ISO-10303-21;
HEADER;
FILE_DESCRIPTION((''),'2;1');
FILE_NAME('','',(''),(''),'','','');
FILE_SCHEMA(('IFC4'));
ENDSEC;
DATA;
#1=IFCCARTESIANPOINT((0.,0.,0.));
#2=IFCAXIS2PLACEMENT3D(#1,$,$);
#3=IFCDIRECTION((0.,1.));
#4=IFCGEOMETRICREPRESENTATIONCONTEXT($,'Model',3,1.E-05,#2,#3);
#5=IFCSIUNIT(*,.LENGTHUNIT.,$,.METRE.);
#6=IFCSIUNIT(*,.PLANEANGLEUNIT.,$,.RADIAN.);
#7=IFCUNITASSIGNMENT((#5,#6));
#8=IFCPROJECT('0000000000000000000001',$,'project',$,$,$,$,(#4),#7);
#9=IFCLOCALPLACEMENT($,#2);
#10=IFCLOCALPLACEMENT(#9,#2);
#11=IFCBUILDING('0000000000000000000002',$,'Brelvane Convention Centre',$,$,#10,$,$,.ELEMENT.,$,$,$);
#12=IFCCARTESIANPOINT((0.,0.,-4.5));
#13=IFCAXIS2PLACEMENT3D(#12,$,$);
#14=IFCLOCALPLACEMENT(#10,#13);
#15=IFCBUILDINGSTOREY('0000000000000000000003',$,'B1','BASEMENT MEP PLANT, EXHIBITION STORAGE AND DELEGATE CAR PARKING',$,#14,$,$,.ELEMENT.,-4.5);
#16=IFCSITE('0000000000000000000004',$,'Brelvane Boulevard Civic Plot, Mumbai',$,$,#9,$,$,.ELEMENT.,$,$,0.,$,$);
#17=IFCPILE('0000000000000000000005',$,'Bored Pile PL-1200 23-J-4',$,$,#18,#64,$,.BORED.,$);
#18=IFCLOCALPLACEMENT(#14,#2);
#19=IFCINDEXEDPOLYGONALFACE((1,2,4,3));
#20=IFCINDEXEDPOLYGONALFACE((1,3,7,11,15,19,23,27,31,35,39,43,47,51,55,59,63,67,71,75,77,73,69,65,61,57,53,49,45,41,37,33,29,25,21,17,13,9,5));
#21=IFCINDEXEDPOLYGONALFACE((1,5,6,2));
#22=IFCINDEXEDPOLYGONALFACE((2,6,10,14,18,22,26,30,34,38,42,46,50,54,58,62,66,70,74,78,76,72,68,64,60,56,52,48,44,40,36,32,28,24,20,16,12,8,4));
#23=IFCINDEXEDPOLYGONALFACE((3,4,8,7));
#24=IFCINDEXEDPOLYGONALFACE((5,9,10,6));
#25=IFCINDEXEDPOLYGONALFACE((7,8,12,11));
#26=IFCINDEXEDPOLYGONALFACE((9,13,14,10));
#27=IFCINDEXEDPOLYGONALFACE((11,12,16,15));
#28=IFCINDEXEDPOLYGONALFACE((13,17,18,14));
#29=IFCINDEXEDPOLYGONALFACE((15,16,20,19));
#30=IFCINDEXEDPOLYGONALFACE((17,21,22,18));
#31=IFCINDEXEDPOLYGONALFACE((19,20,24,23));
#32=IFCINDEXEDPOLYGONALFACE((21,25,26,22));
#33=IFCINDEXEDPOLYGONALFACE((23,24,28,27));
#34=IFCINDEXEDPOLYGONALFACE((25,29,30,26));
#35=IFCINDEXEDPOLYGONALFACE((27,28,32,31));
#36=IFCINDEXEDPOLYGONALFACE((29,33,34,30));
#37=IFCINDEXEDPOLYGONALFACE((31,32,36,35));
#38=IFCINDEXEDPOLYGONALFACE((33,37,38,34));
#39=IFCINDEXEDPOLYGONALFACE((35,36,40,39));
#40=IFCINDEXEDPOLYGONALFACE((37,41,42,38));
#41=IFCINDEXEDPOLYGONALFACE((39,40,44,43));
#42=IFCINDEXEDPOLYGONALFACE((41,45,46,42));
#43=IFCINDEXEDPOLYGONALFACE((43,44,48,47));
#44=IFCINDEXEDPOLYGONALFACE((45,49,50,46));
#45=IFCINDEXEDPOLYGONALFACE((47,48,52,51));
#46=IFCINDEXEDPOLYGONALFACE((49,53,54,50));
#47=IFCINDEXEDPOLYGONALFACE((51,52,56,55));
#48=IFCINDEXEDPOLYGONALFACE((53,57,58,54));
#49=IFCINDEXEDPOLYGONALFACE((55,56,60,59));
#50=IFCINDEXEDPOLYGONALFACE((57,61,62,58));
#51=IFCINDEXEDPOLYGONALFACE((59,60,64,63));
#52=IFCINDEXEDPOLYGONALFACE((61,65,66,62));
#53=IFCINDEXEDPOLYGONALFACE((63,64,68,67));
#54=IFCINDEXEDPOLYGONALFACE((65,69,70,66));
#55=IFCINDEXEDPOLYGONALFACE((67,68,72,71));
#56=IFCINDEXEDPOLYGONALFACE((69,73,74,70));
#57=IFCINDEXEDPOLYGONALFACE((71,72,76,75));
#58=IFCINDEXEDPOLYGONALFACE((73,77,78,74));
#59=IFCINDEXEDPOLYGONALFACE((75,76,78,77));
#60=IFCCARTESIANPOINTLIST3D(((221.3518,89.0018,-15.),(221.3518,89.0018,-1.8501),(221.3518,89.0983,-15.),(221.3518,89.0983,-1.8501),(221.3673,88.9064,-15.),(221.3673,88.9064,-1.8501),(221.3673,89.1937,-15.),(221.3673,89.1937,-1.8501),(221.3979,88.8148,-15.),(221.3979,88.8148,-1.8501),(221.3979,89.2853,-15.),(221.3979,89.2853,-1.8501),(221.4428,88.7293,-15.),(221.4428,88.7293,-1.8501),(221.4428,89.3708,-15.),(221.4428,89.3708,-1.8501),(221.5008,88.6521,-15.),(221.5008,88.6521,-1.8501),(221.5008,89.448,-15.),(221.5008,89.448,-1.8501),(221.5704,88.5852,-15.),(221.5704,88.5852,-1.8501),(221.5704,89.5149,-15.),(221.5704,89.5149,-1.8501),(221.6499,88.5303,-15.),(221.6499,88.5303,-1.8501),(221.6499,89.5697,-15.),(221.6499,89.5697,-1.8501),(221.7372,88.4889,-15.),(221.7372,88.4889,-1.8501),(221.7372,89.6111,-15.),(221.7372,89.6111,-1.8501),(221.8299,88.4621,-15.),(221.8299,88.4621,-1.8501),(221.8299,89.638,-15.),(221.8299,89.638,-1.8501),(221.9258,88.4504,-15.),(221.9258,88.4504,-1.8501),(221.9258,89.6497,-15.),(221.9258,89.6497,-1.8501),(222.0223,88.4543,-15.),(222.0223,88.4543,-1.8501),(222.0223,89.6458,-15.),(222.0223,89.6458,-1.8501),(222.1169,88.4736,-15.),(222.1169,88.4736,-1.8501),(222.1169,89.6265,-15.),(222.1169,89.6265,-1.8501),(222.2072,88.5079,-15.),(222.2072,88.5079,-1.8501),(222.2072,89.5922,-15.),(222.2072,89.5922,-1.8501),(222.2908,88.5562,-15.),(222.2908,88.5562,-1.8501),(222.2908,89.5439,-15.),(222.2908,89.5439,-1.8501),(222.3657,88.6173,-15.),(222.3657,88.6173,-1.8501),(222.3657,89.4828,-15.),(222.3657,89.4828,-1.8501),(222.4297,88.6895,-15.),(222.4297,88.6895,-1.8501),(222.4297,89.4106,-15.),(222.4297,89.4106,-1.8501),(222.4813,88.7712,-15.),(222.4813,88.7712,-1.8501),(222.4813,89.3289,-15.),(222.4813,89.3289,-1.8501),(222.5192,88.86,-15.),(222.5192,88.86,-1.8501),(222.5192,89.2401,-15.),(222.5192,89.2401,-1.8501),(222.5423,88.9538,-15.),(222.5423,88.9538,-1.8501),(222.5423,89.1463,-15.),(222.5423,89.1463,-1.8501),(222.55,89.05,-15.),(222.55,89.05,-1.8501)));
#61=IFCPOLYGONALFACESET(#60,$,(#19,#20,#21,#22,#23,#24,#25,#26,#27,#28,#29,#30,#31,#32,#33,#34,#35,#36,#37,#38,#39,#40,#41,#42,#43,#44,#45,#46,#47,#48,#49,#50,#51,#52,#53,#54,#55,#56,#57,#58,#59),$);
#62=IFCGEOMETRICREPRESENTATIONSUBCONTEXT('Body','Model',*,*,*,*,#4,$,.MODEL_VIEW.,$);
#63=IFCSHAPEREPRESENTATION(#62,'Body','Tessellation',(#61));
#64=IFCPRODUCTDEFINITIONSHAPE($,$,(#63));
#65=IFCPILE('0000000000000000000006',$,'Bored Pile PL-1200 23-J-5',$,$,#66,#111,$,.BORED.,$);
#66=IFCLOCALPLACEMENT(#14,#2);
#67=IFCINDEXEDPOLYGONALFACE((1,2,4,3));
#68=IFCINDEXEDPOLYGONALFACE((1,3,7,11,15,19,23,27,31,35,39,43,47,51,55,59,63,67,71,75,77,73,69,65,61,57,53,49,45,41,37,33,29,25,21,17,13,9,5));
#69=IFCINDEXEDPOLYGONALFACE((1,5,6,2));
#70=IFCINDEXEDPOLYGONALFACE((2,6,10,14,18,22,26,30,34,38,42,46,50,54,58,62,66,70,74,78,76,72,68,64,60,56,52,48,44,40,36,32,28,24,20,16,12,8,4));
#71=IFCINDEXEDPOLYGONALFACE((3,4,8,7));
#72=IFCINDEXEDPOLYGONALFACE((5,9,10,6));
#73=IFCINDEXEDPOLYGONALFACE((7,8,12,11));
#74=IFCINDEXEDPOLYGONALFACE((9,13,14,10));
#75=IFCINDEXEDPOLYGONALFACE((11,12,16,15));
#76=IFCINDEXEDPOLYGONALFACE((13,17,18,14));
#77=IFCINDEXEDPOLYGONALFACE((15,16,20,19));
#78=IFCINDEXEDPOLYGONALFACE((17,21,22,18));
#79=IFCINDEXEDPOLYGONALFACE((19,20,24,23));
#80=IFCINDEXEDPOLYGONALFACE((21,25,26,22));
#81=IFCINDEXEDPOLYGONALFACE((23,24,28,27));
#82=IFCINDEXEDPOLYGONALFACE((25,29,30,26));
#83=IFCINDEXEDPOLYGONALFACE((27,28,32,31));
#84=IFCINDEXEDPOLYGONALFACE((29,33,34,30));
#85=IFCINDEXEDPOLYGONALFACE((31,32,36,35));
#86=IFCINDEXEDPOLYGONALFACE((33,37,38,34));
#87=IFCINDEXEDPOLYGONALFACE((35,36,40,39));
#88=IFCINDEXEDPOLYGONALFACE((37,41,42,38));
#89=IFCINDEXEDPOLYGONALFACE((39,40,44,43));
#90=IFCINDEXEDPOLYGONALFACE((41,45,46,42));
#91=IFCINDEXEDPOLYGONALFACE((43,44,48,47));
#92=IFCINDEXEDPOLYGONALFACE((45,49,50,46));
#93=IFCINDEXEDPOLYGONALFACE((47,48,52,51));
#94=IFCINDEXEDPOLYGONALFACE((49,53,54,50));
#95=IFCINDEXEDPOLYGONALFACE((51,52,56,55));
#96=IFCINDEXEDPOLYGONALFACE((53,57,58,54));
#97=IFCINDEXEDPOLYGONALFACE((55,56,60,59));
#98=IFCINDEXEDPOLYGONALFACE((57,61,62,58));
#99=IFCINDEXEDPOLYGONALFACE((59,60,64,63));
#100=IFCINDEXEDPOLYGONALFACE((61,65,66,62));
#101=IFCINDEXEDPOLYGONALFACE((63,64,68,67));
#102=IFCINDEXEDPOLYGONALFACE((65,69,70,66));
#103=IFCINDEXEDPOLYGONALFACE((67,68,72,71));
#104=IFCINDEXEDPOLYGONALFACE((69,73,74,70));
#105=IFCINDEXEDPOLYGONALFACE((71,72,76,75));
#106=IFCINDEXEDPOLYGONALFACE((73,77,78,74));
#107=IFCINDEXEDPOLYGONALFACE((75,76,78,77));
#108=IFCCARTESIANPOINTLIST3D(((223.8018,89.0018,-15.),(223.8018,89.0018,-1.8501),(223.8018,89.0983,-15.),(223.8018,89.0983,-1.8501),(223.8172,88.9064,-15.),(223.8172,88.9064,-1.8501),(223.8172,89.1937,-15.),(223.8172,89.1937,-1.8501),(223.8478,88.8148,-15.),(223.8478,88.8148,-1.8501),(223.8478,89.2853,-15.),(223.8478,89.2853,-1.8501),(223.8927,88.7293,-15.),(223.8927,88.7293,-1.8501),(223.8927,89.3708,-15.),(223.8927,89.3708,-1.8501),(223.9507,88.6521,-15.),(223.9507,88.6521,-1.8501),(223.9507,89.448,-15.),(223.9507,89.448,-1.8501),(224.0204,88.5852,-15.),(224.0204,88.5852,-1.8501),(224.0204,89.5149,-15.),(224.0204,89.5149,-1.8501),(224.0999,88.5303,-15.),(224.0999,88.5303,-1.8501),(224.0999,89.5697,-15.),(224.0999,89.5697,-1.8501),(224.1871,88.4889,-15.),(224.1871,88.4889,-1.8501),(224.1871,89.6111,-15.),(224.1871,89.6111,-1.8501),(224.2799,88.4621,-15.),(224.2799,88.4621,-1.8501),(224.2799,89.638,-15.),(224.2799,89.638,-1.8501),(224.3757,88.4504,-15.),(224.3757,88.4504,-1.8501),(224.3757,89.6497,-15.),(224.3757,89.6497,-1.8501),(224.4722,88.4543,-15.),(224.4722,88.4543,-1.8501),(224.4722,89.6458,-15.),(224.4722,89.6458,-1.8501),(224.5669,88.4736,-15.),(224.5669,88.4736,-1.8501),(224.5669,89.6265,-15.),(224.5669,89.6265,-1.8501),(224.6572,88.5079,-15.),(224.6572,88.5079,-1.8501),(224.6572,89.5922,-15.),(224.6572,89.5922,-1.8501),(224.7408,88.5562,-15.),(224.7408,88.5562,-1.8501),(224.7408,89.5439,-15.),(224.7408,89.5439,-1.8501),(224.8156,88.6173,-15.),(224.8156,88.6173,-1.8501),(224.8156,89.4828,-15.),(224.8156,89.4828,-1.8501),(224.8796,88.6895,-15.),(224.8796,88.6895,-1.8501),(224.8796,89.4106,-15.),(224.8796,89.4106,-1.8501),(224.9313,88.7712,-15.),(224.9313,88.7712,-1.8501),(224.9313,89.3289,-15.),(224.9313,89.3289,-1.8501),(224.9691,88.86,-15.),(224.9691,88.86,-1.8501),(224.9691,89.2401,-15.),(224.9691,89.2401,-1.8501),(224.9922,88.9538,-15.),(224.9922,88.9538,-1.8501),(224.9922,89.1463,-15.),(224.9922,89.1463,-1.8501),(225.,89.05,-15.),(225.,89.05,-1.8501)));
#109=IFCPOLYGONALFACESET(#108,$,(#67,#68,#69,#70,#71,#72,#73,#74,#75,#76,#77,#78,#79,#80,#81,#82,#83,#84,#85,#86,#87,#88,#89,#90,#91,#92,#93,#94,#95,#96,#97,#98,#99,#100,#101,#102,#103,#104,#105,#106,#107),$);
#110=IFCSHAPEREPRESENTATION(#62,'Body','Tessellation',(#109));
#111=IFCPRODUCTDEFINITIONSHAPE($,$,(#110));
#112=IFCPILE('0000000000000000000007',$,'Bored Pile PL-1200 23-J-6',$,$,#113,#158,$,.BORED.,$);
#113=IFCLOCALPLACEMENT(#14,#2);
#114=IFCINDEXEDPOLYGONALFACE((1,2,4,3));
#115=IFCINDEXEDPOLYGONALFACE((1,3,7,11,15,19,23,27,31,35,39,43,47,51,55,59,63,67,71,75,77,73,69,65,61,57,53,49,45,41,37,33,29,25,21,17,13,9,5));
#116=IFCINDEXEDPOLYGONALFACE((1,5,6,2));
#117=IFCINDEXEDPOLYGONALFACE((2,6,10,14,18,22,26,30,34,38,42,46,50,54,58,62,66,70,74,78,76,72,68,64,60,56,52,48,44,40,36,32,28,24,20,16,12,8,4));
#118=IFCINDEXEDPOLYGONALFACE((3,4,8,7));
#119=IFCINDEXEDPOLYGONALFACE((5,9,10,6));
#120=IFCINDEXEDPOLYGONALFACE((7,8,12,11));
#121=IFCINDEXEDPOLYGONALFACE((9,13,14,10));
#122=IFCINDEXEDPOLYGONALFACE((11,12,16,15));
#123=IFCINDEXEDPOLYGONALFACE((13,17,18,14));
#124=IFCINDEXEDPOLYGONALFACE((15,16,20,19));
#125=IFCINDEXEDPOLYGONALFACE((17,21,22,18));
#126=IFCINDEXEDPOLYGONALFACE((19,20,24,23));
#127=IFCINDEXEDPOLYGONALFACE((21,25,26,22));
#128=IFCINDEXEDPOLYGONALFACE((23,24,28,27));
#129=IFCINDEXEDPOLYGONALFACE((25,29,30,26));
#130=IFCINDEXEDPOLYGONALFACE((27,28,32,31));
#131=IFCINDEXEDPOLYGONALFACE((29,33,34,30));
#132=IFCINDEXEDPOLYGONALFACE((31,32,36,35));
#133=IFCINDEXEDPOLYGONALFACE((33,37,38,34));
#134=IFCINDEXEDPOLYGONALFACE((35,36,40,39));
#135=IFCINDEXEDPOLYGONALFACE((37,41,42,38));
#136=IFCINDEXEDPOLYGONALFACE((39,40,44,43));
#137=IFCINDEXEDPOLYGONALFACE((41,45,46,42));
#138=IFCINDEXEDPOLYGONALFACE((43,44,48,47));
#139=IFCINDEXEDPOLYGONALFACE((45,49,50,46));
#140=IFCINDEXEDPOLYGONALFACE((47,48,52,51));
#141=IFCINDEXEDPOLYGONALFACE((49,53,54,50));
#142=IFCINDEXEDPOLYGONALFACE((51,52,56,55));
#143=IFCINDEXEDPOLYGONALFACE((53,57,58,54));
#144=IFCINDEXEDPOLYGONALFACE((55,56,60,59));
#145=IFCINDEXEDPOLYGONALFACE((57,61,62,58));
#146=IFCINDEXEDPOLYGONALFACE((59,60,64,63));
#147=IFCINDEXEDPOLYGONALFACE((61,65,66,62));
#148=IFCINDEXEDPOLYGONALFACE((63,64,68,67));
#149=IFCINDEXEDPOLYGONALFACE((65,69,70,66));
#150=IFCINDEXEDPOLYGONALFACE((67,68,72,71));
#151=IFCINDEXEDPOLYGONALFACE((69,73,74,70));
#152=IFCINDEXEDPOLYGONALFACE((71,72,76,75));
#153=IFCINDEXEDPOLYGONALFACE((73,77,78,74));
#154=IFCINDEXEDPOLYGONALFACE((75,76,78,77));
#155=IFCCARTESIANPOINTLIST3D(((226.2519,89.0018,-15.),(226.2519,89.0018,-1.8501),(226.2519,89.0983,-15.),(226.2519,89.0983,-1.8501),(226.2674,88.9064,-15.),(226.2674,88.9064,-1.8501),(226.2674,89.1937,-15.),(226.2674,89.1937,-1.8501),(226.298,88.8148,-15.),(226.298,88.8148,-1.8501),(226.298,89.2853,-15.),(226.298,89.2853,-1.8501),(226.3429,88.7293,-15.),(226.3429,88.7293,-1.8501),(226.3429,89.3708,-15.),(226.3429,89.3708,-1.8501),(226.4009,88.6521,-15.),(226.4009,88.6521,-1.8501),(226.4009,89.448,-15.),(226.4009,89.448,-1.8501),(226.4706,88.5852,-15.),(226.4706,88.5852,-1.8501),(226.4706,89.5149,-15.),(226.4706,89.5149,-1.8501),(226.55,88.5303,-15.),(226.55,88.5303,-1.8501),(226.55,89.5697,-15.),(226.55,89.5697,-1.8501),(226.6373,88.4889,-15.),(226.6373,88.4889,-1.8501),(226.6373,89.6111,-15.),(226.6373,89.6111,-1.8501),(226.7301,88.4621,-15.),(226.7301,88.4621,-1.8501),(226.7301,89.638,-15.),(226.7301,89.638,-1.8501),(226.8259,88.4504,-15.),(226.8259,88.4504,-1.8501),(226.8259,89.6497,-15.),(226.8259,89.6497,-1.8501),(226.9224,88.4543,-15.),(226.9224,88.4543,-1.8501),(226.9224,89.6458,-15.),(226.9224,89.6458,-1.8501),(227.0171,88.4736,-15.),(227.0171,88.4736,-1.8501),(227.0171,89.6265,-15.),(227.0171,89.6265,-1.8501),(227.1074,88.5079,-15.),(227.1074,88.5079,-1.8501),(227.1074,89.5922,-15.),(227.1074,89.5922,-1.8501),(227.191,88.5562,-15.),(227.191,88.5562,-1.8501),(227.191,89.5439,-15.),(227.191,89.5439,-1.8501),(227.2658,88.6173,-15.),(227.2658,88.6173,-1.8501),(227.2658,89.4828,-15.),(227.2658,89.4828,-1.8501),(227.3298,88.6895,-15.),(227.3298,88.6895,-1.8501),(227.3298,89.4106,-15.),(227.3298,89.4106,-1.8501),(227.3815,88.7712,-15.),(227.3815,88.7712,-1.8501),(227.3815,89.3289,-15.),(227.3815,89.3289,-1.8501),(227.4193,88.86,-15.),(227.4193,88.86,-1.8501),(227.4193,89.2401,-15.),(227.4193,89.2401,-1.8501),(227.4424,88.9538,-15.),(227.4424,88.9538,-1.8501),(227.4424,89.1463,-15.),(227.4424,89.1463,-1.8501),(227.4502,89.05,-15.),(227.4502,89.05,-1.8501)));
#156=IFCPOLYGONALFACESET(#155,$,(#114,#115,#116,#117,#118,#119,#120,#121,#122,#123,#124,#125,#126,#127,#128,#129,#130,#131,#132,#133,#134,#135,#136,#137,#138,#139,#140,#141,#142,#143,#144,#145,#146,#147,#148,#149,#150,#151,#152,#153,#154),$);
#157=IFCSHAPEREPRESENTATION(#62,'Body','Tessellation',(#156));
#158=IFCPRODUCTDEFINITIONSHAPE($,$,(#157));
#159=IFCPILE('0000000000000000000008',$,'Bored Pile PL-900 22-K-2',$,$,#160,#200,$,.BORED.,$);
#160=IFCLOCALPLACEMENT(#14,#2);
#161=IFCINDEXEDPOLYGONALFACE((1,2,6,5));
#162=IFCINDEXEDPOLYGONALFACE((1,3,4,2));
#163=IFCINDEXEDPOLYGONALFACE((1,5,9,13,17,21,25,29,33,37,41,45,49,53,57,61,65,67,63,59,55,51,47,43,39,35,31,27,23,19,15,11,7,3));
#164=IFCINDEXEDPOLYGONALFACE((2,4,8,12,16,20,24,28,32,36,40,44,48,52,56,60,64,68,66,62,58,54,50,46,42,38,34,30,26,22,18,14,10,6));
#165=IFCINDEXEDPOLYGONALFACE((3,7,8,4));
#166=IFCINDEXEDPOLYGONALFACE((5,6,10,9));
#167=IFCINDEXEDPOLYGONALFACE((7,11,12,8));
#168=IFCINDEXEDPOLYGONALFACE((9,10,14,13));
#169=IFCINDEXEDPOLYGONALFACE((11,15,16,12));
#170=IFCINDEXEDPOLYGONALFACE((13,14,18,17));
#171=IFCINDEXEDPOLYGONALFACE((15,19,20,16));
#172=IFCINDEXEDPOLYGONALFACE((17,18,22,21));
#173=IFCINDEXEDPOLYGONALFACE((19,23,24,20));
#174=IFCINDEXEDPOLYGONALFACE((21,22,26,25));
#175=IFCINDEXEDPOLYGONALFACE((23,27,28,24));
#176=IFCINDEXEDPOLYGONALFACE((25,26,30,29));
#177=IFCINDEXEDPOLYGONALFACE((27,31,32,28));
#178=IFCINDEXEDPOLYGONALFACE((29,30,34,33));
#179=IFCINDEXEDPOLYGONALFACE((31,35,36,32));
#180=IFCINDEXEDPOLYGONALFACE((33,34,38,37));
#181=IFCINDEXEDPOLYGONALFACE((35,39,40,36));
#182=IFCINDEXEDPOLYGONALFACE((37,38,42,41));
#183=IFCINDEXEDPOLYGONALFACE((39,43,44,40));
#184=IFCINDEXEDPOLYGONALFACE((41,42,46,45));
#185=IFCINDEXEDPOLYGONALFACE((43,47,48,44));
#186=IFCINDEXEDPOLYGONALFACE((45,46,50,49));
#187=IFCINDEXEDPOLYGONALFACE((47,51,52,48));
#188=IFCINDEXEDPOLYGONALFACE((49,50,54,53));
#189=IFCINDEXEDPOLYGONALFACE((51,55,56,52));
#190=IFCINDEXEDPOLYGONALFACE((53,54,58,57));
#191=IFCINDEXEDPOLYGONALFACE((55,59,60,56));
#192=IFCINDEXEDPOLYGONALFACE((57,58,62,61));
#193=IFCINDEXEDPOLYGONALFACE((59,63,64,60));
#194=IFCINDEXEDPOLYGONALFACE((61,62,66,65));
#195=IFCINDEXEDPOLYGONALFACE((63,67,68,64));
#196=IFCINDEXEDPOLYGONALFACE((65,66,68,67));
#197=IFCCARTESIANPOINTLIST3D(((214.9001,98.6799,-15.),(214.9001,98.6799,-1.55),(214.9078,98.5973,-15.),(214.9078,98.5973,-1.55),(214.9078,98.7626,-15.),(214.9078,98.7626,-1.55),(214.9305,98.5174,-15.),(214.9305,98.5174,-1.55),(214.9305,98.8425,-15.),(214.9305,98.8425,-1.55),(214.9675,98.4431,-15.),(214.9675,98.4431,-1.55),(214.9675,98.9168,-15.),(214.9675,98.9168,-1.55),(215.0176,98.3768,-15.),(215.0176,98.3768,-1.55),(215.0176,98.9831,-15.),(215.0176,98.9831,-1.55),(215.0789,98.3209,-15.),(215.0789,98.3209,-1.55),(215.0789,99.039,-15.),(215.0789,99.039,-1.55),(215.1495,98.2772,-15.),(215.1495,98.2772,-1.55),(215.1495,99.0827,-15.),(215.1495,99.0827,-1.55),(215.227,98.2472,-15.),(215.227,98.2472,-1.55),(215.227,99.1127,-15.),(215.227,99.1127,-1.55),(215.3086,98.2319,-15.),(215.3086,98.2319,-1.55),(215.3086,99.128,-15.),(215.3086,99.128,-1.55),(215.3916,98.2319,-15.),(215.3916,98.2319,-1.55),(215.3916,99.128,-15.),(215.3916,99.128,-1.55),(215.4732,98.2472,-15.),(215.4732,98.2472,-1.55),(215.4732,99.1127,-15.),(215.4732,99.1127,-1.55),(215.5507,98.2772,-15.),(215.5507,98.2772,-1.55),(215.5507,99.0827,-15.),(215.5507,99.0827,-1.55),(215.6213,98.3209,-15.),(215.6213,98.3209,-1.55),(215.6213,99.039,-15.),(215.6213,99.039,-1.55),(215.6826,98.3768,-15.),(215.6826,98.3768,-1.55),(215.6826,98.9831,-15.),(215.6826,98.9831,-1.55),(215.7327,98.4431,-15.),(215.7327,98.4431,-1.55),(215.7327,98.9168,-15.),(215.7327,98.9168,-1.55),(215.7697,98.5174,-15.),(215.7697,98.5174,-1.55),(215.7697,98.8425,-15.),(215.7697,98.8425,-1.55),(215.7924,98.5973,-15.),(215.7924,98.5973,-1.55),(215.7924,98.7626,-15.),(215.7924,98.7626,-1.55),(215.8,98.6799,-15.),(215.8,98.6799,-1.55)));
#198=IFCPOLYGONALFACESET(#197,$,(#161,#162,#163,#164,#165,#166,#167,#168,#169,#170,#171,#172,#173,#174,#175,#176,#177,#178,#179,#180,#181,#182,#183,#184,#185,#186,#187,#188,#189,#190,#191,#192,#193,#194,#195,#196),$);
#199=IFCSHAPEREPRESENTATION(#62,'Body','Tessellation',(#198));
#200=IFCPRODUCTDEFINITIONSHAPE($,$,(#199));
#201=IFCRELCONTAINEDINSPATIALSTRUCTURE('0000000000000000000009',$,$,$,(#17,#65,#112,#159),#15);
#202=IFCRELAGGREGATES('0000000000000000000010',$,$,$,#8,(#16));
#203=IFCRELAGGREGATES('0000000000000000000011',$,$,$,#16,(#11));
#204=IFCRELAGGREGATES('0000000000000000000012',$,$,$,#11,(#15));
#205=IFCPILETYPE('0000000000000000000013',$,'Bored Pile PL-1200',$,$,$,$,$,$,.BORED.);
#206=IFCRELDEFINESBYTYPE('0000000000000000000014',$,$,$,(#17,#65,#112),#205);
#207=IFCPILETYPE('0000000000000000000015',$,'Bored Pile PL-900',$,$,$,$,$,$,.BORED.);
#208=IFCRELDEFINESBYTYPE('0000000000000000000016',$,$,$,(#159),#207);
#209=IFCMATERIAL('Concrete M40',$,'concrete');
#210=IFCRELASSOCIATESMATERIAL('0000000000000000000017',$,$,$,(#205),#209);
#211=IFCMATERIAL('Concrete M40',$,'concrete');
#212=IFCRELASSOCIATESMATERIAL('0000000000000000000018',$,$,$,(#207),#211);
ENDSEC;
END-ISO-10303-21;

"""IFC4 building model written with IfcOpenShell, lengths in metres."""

from ifc_helpers import new_model, si_unit, direction, frame, origin, origin_2d, place, context, subcontext, project, spatial, circle, extrude, material, material_profile, profile_set, type_object, element, save


model = new_model("IFC4")

# Units and contexts
model_context = context("Model", 3, precision=1e-05, world=origin(), true_north=direction((0.0, 1.0)))
body_context = subcontext(model_context, "Body", "Model", "MODEL_VIEW")
ifc_project = project(units=[si_unit("LENGTHUNIT", "METRE"), si_unit("PLANEANGLEUNIT", "RADIAN")], contexts=[model_context])

# Site, building, storey
site_placement = place(None, origin())
site = spatial("IfcSite", under=ifc_project, at=site_placement, Name="Brelvane Boulevard Civic Plot, Mumbai", CompositionType="ELEMENT", RefElevation=0.0)
building_placement = place(site_placement, origin())
building = spatial("IfcBuilding", under=site, at=building_placement, Name="Brelvane Convention Centre", CompositionType="ELEMENT")
storey_placement = place(building_placement, frame((0.0, 0.0, -4.5)))
storey = spatial("IfcBuildingStorey", under=building, at=storey_placement, Name="B1", Description="BASEMENT MEP PLANT, EXHIBITION STORAGE AND DELEGATE CAR PARKING", CompositionType="ELEMENT", Elevation=-4.5)

# Piles
ifc_material_1 = material(Name="Concrete M40", Category="concrete")
ifc_material_profile_1 = material_profile(ifc_material_1, circle(Radius=0.6001, at=origin_2d()), Name="PILE D1200")
ifc_profile_set_1 = profile_set([ifc_material_profile_1], Name="Concrete M40")
pile_type_1 = type_object("IfcPileType", Name="Bored Pile PL-1200", PredefinedType="BORED", material=ifc_profile_set_1)
for number, where, z_axis, x_axis, name in (
    (1, (221.95, 89.05, -1.8501), (0.0, 0.0, -1.0), (1.0, 0.0, 0.0), "Bored Pile PL-1200 23-J-4"),
    (2, (224.3999, 89.05, -1.8501), (0.0, 0.0, -1.0), (1.0, 0.0, 0.0), "Bored Pile PL-1200 23-J-5"),
    (3, (226.8501, 89.05, -1.8501), (0.0, 0.0, -1.0), (1.0, 0.0, 0.0), "Bored Pile PL-1200 23-J-6"),
):
    element("IfcPile", number, at=place(storey_placement, frame(where, z_axis=z_axis, x_axis=x_axis)), inside=storey, type_object=pile_type_1, Name=name, PredefinedType="BORED", context=body_context, shape_type="SweptSolid", body=[
        extrude(circle(Radius=0.6001, at=origin_2d()), origin(), (0.0, 0.0, 1.0), 13.1499),
    ])
ifc_material_2 = material(Name="Concrete M40", Category="concrete")
ifc_material_profile_2 = material_profile(ifc_material_2, circle(Radius=0.45, at=origin_2d()), Name="PILE D900")
ifc_profile_set_2 = profile_set([ifc_material_profile_2], Name="Concrete M40")
pile_type_2 = type_object("IfcPileType", Name="Bored Pile PL-900", PredefinedType="BORED", material=ifc_profile_set_2)
for number, where, z_axis, x_axis, name in (
    (4, (215.3501, 98.6799, -1.55), (0.0, 0.0, -1.0), (1.0, 0.0, 0.0), "Bored Pile PL-900 22-K-2"),
):
    element("IfcPile", number, at=place(storey_placement, frame(where, z_axis=z_axis, x_axis=x_axis)), inside=storey, type_object=pile_type_2, Name=name, PredefinedType="BORED", context=body_context, shape_type="SweptSolid", body=[
        extrude(circle(Radius=0.45, at=origin_2d()), origin(), (0.0, 0.0, 1.0), 13.45),
    ])

save(model, "model.ifc")
